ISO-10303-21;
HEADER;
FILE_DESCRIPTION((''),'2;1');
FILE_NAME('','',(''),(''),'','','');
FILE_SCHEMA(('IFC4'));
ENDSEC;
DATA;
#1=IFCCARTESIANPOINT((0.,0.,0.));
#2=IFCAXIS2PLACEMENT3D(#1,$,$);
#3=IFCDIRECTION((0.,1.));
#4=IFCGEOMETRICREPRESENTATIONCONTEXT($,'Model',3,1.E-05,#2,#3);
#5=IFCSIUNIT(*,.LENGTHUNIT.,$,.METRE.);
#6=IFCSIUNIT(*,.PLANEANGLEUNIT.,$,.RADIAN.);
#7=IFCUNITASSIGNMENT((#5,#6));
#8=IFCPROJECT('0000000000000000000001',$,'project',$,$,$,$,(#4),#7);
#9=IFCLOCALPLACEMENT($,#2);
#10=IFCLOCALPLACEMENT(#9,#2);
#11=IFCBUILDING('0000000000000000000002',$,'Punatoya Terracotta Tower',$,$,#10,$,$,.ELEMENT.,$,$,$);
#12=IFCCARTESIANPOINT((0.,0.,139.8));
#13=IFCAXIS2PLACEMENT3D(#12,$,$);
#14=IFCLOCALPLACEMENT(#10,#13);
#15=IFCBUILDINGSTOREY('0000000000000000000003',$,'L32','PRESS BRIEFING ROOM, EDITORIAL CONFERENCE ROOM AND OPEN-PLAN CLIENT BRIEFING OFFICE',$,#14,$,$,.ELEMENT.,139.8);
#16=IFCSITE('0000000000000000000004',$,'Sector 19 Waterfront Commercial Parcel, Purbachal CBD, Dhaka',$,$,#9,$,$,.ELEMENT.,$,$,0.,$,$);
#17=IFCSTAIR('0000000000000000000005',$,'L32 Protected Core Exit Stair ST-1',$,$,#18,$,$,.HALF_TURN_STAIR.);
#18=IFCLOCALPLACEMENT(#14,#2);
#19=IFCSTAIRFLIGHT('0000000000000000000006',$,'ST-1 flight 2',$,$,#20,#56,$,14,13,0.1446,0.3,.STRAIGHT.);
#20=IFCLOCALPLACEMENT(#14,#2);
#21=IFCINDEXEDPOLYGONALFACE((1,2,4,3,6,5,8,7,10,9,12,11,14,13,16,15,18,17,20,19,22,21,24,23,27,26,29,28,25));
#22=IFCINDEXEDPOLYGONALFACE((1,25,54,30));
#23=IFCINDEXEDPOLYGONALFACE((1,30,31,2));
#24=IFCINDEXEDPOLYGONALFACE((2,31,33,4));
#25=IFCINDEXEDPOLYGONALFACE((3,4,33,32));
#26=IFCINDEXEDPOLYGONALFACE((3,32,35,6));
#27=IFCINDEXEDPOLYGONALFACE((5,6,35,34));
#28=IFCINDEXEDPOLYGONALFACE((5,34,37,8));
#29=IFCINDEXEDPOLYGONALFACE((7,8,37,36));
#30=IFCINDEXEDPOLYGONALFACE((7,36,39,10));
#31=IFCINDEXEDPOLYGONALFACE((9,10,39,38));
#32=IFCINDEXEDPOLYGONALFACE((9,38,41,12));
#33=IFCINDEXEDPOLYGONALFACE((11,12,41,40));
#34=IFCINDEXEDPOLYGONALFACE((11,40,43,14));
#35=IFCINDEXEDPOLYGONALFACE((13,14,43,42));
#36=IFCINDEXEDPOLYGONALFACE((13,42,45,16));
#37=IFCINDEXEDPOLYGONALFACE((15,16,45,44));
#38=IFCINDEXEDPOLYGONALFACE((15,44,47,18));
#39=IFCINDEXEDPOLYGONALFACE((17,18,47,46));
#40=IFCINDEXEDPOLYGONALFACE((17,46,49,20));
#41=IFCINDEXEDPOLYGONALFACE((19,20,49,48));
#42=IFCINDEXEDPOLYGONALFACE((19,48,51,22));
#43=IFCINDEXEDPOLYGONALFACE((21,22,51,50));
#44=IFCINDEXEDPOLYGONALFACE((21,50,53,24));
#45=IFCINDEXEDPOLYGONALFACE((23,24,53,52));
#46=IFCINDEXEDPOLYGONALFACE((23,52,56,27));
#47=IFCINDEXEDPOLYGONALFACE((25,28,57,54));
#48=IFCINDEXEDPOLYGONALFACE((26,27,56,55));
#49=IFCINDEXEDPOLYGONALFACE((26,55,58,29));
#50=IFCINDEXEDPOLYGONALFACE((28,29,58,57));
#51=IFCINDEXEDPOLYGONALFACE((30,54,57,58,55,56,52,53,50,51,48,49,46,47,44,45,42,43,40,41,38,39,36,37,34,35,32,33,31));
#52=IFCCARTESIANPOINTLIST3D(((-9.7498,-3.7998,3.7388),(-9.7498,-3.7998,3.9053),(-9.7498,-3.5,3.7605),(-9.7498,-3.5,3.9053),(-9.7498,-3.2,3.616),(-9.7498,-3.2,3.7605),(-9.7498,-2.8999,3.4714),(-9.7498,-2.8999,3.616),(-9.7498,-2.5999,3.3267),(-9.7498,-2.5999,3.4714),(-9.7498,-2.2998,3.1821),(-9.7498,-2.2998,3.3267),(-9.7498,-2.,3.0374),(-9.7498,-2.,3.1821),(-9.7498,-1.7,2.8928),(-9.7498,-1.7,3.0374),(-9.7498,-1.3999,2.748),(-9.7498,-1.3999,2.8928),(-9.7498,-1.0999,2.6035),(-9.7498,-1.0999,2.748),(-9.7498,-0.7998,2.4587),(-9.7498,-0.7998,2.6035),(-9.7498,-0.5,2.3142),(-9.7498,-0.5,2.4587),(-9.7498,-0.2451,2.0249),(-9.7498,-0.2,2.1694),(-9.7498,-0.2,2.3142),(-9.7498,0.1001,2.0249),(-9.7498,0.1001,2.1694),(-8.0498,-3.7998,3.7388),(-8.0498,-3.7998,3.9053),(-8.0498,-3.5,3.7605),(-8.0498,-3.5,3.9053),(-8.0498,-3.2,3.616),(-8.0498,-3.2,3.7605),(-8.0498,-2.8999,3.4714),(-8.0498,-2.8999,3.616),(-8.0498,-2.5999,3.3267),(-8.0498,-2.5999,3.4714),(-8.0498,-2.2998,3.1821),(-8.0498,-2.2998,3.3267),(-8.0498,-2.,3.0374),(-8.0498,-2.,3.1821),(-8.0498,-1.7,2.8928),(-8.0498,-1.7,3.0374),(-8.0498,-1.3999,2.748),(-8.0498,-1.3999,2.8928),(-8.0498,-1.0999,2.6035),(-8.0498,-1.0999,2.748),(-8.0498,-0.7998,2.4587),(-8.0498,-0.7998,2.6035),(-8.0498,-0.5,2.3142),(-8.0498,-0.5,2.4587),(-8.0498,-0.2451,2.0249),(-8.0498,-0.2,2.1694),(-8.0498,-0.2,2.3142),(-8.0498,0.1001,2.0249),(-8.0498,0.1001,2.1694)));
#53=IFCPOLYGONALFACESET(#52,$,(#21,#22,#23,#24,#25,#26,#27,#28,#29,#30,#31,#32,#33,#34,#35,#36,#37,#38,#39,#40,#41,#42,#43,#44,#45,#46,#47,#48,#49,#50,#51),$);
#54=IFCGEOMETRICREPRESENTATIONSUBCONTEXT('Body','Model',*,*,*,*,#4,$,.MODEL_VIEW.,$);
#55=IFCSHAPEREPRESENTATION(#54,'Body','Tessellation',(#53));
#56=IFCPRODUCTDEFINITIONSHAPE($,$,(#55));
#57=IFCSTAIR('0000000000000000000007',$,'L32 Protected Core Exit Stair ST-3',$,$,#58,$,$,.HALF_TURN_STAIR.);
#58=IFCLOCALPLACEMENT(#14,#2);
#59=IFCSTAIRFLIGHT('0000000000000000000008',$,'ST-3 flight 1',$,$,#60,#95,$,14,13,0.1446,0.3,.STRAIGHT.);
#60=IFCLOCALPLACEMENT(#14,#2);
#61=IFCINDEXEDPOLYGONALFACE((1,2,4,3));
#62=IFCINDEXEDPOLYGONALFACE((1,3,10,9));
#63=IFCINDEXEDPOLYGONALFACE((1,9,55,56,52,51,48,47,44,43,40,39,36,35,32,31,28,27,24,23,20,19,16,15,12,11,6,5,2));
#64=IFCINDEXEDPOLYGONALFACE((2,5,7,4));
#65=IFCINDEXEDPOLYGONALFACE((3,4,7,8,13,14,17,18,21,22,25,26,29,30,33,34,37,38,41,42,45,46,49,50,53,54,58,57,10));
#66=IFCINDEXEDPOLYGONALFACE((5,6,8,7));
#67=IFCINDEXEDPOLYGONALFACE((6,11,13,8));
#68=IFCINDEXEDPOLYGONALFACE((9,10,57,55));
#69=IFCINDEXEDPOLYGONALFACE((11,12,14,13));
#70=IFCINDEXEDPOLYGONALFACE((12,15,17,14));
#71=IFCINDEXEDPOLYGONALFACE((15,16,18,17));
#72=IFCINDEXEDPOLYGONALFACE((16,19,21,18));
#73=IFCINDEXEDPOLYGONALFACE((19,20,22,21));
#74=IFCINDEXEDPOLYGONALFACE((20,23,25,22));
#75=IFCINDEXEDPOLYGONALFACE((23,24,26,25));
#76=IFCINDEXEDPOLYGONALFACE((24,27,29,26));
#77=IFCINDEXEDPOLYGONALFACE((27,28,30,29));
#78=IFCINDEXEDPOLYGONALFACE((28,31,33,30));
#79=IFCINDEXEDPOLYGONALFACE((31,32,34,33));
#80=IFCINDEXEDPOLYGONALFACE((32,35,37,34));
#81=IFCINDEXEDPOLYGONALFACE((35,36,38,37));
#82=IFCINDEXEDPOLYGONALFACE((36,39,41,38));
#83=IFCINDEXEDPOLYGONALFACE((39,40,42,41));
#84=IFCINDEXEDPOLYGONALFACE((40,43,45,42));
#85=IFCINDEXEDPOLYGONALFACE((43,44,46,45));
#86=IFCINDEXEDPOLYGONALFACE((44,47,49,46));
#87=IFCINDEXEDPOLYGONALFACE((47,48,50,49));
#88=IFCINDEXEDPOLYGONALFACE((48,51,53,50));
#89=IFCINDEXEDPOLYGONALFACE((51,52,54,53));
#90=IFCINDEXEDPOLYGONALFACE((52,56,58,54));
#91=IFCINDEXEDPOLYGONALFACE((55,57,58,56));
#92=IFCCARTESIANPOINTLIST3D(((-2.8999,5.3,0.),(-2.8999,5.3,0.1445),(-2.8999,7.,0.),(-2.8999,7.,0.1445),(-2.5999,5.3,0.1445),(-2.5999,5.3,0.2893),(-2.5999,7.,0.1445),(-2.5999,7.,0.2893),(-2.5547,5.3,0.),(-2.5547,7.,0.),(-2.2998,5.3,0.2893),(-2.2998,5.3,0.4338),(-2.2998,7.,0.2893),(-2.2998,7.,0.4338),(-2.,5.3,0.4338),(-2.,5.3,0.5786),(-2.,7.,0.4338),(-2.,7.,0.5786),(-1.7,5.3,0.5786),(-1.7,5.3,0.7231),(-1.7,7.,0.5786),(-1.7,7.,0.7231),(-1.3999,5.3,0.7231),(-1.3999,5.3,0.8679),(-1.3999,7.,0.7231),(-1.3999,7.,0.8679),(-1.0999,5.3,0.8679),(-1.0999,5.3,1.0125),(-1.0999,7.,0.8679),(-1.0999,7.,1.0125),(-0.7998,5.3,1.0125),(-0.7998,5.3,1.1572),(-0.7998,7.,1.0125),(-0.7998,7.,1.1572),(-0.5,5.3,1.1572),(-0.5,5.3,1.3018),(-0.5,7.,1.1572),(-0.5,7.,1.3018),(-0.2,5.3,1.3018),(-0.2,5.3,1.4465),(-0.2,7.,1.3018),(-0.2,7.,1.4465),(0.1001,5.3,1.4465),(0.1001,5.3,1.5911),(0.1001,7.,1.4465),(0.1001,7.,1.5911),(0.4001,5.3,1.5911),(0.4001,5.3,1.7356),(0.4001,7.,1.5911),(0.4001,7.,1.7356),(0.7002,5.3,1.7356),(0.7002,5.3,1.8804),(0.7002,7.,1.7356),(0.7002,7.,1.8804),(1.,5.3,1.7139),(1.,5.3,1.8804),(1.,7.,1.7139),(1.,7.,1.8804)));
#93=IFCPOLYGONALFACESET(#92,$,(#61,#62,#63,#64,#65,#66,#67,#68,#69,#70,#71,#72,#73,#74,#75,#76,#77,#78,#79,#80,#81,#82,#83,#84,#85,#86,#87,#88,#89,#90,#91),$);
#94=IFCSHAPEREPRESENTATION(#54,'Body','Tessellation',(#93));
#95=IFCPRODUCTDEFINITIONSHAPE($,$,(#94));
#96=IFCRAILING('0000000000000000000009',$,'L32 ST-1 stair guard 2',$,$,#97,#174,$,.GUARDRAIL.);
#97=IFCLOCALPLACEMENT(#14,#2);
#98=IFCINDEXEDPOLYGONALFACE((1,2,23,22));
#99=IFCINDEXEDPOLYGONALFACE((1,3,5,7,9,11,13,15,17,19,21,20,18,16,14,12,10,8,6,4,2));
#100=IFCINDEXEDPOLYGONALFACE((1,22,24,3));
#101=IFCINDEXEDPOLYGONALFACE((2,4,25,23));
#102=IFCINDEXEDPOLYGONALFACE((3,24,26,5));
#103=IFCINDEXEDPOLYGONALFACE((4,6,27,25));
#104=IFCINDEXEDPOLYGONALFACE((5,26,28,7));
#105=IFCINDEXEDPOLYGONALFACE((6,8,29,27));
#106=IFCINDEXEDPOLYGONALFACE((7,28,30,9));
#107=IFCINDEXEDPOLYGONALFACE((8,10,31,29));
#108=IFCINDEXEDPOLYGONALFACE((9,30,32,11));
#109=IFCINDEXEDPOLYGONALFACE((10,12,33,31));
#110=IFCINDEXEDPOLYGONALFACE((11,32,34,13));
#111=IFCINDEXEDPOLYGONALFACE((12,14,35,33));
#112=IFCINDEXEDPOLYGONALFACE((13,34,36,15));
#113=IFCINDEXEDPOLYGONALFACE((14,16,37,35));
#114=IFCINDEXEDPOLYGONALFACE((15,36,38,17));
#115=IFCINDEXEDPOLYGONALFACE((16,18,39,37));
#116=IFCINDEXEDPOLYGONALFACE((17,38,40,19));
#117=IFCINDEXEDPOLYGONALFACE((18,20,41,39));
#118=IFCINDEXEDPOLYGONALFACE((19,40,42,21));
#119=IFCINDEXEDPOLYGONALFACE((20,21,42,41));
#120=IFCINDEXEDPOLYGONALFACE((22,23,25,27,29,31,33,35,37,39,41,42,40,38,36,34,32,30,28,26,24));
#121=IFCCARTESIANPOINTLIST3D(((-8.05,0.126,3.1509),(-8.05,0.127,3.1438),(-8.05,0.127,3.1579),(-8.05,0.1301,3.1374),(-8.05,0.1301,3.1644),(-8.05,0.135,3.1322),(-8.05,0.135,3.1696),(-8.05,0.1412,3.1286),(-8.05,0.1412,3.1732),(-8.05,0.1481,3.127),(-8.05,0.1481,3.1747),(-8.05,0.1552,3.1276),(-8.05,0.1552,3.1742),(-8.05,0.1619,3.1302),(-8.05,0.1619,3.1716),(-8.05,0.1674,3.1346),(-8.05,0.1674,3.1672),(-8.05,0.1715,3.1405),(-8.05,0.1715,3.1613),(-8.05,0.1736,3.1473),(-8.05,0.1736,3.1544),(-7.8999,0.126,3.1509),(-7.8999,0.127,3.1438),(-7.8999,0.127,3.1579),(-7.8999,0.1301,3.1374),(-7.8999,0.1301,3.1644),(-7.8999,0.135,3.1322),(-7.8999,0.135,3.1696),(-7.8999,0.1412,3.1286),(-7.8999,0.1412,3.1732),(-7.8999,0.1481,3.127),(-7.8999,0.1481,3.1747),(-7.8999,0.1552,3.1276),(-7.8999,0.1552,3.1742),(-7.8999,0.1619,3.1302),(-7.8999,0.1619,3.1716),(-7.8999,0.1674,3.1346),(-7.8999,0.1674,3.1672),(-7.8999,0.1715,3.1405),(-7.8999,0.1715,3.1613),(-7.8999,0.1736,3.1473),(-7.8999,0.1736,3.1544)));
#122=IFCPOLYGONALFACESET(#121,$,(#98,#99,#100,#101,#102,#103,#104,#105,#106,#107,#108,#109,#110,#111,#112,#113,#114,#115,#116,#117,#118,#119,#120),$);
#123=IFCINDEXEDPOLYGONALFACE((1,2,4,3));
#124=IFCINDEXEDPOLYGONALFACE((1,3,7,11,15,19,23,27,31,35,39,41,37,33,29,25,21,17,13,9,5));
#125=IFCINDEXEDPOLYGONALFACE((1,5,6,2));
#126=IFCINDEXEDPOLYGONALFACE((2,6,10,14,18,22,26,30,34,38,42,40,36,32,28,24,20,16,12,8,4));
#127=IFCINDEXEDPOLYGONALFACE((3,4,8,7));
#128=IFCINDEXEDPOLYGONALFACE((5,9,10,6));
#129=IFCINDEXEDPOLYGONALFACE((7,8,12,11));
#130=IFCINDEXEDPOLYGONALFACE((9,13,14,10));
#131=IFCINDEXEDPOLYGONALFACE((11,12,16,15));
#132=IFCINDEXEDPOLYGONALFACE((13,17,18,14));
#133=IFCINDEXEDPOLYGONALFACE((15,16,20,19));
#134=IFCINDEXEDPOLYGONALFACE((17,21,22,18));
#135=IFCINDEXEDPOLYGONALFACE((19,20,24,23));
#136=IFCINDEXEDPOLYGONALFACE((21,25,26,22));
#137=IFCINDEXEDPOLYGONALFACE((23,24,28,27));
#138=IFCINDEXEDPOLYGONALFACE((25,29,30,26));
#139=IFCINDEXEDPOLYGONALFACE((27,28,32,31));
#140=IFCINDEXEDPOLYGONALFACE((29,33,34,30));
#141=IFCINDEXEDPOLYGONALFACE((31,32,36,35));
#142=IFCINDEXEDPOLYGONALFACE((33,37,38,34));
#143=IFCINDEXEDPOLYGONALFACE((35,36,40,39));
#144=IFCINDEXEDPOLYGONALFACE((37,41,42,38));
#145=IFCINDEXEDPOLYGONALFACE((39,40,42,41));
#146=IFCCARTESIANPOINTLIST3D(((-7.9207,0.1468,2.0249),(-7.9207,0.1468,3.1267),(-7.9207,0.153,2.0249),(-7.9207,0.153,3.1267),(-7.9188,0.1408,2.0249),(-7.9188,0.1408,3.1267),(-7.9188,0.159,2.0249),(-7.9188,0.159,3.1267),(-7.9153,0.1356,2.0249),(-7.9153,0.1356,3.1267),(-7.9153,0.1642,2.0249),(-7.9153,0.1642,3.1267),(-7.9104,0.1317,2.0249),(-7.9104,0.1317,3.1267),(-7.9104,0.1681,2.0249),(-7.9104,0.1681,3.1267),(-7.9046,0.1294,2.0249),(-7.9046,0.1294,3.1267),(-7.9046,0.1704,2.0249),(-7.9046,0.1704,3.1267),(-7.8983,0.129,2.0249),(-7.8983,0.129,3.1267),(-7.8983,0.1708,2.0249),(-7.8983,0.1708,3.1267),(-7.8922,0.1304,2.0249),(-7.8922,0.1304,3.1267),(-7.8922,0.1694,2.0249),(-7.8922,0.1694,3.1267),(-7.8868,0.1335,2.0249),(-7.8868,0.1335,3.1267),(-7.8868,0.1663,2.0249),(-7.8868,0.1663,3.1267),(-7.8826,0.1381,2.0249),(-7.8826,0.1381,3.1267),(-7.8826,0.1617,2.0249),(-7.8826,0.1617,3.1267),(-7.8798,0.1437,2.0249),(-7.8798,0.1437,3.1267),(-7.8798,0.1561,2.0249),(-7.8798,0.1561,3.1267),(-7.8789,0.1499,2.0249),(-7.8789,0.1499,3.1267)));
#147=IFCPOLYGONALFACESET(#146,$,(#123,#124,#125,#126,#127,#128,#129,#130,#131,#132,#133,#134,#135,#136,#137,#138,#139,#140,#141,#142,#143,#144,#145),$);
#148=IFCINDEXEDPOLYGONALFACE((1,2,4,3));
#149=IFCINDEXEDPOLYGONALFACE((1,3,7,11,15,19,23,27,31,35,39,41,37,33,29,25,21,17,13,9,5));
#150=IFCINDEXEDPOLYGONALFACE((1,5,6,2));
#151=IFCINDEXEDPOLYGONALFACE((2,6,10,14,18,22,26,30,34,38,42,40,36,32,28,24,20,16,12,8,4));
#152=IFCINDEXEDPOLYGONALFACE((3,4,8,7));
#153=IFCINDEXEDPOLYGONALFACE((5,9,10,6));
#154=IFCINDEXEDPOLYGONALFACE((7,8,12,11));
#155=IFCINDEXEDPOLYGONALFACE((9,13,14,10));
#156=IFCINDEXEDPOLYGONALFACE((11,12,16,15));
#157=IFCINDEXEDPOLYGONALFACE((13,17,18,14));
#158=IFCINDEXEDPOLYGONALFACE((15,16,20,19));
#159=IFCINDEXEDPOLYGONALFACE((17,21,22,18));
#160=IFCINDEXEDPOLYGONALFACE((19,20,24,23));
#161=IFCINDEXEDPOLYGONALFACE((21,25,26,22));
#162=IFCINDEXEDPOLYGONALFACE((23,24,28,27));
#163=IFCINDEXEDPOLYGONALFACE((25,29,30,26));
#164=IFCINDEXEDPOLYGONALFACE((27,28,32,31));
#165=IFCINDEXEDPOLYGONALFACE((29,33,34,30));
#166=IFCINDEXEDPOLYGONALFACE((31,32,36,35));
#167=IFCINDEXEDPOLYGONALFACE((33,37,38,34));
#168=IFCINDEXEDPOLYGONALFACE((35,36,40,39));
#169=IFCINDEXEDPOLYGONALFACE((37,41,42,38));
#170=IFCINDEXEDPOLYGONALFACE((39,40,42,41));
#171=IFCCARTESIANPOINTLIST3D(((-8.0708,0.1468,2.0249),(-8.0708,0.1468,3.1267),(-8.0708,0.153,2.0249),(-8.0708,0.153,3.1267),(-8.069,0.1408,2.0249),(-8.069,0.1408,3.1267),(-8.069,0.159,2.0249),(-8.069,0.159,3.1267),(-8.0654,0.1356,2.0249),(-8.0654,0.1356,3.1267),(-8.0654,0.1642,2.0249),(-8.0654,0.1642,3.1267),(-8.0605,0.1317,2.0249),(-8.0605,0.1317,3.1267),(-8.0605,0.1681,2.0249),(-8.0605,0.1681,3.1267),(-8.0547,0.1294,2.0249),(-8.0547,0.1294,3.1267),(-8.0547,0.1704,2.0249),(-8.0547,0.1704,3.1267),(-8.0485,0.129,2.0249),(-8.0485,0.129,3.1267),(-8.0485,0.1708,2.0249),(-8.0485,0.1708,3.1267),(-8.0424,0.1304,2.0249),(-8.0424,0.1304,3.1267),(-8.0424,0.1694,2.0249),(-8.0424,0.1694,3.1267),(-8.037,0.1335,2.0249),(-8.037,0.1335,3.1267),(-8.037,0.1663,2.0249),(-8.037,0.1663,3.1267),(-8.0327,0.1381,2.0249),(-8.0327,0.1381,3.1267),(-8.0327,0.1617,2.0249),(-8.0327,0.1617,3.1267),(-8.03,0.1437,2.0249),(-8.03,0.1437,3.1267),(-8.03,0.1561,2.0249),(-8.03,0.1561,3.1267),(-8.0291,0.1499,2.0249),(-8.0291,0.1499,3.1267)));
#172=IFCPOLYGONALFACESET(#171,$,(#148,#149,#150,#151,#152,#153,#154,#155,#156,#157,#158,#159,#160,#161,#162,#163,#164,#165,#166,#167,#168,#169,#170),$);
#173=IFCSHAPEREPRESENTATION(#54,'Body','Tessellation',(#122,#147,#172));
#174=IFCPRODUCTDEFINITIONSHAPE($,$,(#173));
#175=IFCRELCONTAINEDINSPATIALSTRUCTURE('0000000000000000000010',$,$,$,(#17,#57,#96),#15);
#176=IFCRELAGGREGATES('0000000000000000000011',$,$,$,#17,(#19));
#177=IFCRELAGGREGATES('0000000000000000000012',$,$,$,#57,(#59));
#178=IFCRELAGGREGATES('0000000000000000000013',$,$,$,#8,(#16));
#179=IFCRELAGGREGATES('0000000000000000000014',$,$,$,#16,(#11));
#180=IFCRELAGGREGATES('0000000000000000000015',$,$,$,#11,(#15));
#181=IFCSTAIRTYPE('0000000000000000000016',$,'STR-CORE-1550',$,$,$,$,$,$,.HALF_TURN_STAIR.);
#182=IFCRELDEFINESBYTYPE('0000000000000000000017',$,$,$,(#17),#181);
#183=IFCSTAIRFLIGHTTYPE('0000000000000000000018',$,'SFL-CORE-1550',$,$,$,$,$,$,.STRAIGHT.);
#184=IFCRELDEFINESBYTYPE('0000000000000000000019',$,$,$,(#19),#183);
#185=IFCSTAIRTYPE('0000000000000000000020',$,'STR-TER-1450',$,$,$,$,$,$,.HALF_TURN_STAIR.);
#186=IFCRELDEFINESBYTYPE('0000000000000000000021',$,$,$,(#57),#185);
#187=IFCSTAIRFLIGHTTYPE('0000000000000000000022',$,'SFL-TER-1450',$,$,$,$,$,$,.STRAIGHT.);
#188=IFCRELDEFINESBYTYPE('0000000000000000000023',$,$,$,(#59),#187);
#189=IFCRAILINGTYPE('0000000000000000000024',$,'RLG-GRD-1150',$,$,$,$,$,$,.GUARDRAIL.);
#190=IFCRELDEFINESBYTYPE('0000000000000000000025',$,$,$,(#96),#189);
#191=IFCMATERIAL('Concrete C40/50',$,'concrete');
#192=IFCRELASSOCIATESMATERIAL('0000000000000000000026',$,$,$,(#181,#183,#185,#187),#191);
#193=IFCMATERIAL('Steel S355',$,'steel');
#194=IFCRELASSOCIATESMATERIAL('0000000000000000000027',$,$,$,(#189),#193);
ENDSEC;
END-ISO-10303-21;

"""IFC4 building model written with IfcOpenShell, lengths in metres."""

from ifc_helpers import new_model, si_unit, direction, frame, origin, origin_2d, place, context, subcontext, project, spatial, polyline, circle, outline, extrude, material, type_object, element, aggregate, save


model = new_model("IFC4")

# Units and contexts
model_context = context("Model", 3, precision=1e-05, world=origin(), true_north=direction((0.0, 1.0)))
body_context = subcontext(model_context, "Body", "Model", "MODEL_VIEW")
ifc_project = project(units=[si_unit("LENGTHUNIT", "METRE"), si_unit("PLANEANGLEUNIT", "RADIAN")], contexts=[model_context])

# Site, building, storey
site_placement = place(None, origin())
site = spatial("IfcSite", under=ifc_project, at=site_placement, Name="Sector 19 Waterfront Commercial Parcel, Purbachal CBD, Dhaka", CompositionType="ELEMENT", RefElevation=0.0)
building_placement = place(site_placement, origin())
building = spatial("IfcBuilding", under=site, at=building_placement, Name="Punatoya Terracotta Tower", CompositionType="ELEMENT")
storey_placement = place(building_placement, frame((0.0, 0.0, 139.8)))
storey = spatial("IfcBuildingStorey", under=building, at=storey_placement, Name="L32", Description="PRESS BRIEFING ROOM, EDITORIAL CONFERENCE ROOM AND OPEN-PLAN CLIENT BRIEFING OFFICE", CompositionType="ELEMENT", Elevation=139.8)

# Shared definitions
ifc_material_1 = material(Name="Steel S355", Category="steel")

# Shared definitions
ifc_material_2 = material(Name="Concrete C40/50", Category="concrete")

# Stairs, stair flights
stair_type_1 = type_object("IfcStairType", Name="STR-CORE-1550", PredefinedType="HALF_TURN_STAIR", material=ifc_material_2)
stair_1_placement = place(storey_placement, origin())
stair_1 = element("IfcStair", 1, at=stair_1_placement, inside=storey, type_object=stair_type_1, Name="L32 Protected Core Exit Stair ST-1", PredefinedType="HALF_TURN_STAIR")
stair_flight_type_1 = type_object("IfcStairFlightType", Name="SFL-CORE-1550", PredefinedType="STRAIGHT", material=ifc_material_2)
stair_flight_1_placement = place(storey_placement, frame((-8.8999, 0.1001, 2.0249), z_axis=(0.0, 0.0, 1.0), x_axis=(0.0, -1.0, 0.0)))
stair_flight_1 = element("IfcStairFlight", 2, at=stair_flight_1_placement, type_object=stair_flight_type_1, Name="ST-1 flight 2", NumberOfRisers=14, NumberOfTreads=13, PredefinedType="STRAIGHT", RiserHeight=0.1446, TreadLength=0.3, context=body_context, shape_type="SweptSolid", body=[
    extrude(outline(polyline([(0.0, 0.0), (0.0, 0.1445), (0.3, 0.1445), (0.3, 0.2893), (0.6001, 0.2893), (0.6001, 0.4338), (0.8999, 0.4338), (0.8999, 0.5786), (1.2, 0.5786), (1.2, 0.7231), (1.5, 0.7231), (1.5, 0.8679), (1.8, 0.8679), (1.8, 1.0125), (2.1001, 1.0125), (2.1001, 1.1572), (2.3999, 1.1572), (2.3999, 1.3018), (2.7, 1.3018), (2.7, 1.4465), (3.0, 1.4465), (3.0, 1.5911), (3.3, 1.5911), (3.3, 1.7356), (3.6001, 1.7356), (3.6001, 1.8804), (3.8999, 1.8804), (3.8999, 2.0249), (3.8999, 1.7139), (0.3452, 0.0), (0.0, 0.0)])), frame((0.0, 0.8501, 0.0), z_axis=(0.0, -1.0, 0.0), x_axis=(1.0, 0.0, 0.0)), (0.0, 0.0, 1.0), 1.7),
])
aggregate(stair_1, [stair_flight_1])
stair_type_2 = type_object("IfcStairType", Name="STR-TER-1450", PredefinedType="HALF_TURN_STAIR", material=ifc_material_2)
stair_2_placement = place(storey_placement, origin())
stair_2 = element("IfcStair", 3, at=stair_2_placement, inside=storey, type_object=stair_type_2, Name="L32 Protected Core Exit Stair ST-3", PredefinedType="HALF_TURN_STAIR")
stair_flight_type_2 = type_object("IfcStairFlightType", Name="SFL-TER-1450", PredefinedType="STRAIGHT", material=ifc_material_2)
stair_flight_2_placement = place(storey_placement, frame((-2.8999, 6.1499, 0.0), z_axis=(0.0, 0.0, 1.0), x_axis=(1.0, 0.0, 0.0)))
stair_flight_2 = element("IfcStairFlight", 4, at=stair_flight_2_placement, type_object=stair_flight_type_2, Name="ST-3 flight 1", NumberOfRisers=14, NumberOfTreads=13, PredefinedType="STRAIGHT", RiserHeight=0.1446, TreadLength=0.3, context=body_context, shape_type="SweptSolid", body=[
    extrude(outline(polyline([(0.0, 0.0), (0.0, 0.1445), (0.3, 0.1445), (0.3, 0.2893), (0.6001, 0.2893), (0.6001, 0.4338), (0.8999, 0.4338), (0.8999, 0.5786), (1.2, 0.5786), (1.2, 0.7231), (1.5, 0.7231), (1.5, 0.8679), (1.8, 0.8679), (1.8, 1.0125), (2.1001, 1.0125), (2.1001, 1.1572), (2.3999, 1.1572), (2.3999, 1.3018), (2.7, 1.3018), (2.7, 1.4465), (3.0, 1.4465), (3.0, 1.5911), (3.3, 1.5911), (3.3, 1.7356), (3.6001, 1.7356), (3.6001, 1.8804), (3.8999, 1.8804), (3.8999, 2.0249), (3.8999, 1.7139), (0.3452, 0.0), (0.0, 0.0)])), frame((0.0, 0.8501, 0.0), z_axis=(0.0, -1.0, 0.0), x_axis=(1.0, 0.0, 0.0)), (0.0, 0.0, 1.0), 1.7),
])
aggregate(stair_2, [stair_flight_2])

# Railing
railing_type_1 = type_object("IfcRailingType", Name="RLG-GRD-1150", PredefinedType="GUARDRAIL", material=ifc_material_1)
railing_1_placement = place(storey_placement, frame((-7.8999, 0.1499, 2.0249)))
element("IfcRailing", 5, at=railing_1_placement, inside=storey, type_object=railing_type_1, Name="L32 ST-1 stair guard 2", PredefinedType="GUARDRAIL", context=body_context, shape_type="SweptSolid", body=[
    extrude(circle(Radius=0.0239, at=origin_2d()), frame((0.0, 0.0, 1.126), z_axis=(-1.0, 0.0, 0.0), x_axis=(0.0, -1.0, 0.0)), (0.0, 0.0, 1.0), 0.1501),
    extrude(circle(Radius=0.021, at=origin_2d()), origin(), (0.0, 0.0, 1.0), 1.1018),
    extrude(circle(Radius=0.021, at=origin_2d()), frame((-0.1501, 0.0, 0.0)), (0.0, 0.0, 1.0), 1.1018),
])

save(model, "model.ifc")
